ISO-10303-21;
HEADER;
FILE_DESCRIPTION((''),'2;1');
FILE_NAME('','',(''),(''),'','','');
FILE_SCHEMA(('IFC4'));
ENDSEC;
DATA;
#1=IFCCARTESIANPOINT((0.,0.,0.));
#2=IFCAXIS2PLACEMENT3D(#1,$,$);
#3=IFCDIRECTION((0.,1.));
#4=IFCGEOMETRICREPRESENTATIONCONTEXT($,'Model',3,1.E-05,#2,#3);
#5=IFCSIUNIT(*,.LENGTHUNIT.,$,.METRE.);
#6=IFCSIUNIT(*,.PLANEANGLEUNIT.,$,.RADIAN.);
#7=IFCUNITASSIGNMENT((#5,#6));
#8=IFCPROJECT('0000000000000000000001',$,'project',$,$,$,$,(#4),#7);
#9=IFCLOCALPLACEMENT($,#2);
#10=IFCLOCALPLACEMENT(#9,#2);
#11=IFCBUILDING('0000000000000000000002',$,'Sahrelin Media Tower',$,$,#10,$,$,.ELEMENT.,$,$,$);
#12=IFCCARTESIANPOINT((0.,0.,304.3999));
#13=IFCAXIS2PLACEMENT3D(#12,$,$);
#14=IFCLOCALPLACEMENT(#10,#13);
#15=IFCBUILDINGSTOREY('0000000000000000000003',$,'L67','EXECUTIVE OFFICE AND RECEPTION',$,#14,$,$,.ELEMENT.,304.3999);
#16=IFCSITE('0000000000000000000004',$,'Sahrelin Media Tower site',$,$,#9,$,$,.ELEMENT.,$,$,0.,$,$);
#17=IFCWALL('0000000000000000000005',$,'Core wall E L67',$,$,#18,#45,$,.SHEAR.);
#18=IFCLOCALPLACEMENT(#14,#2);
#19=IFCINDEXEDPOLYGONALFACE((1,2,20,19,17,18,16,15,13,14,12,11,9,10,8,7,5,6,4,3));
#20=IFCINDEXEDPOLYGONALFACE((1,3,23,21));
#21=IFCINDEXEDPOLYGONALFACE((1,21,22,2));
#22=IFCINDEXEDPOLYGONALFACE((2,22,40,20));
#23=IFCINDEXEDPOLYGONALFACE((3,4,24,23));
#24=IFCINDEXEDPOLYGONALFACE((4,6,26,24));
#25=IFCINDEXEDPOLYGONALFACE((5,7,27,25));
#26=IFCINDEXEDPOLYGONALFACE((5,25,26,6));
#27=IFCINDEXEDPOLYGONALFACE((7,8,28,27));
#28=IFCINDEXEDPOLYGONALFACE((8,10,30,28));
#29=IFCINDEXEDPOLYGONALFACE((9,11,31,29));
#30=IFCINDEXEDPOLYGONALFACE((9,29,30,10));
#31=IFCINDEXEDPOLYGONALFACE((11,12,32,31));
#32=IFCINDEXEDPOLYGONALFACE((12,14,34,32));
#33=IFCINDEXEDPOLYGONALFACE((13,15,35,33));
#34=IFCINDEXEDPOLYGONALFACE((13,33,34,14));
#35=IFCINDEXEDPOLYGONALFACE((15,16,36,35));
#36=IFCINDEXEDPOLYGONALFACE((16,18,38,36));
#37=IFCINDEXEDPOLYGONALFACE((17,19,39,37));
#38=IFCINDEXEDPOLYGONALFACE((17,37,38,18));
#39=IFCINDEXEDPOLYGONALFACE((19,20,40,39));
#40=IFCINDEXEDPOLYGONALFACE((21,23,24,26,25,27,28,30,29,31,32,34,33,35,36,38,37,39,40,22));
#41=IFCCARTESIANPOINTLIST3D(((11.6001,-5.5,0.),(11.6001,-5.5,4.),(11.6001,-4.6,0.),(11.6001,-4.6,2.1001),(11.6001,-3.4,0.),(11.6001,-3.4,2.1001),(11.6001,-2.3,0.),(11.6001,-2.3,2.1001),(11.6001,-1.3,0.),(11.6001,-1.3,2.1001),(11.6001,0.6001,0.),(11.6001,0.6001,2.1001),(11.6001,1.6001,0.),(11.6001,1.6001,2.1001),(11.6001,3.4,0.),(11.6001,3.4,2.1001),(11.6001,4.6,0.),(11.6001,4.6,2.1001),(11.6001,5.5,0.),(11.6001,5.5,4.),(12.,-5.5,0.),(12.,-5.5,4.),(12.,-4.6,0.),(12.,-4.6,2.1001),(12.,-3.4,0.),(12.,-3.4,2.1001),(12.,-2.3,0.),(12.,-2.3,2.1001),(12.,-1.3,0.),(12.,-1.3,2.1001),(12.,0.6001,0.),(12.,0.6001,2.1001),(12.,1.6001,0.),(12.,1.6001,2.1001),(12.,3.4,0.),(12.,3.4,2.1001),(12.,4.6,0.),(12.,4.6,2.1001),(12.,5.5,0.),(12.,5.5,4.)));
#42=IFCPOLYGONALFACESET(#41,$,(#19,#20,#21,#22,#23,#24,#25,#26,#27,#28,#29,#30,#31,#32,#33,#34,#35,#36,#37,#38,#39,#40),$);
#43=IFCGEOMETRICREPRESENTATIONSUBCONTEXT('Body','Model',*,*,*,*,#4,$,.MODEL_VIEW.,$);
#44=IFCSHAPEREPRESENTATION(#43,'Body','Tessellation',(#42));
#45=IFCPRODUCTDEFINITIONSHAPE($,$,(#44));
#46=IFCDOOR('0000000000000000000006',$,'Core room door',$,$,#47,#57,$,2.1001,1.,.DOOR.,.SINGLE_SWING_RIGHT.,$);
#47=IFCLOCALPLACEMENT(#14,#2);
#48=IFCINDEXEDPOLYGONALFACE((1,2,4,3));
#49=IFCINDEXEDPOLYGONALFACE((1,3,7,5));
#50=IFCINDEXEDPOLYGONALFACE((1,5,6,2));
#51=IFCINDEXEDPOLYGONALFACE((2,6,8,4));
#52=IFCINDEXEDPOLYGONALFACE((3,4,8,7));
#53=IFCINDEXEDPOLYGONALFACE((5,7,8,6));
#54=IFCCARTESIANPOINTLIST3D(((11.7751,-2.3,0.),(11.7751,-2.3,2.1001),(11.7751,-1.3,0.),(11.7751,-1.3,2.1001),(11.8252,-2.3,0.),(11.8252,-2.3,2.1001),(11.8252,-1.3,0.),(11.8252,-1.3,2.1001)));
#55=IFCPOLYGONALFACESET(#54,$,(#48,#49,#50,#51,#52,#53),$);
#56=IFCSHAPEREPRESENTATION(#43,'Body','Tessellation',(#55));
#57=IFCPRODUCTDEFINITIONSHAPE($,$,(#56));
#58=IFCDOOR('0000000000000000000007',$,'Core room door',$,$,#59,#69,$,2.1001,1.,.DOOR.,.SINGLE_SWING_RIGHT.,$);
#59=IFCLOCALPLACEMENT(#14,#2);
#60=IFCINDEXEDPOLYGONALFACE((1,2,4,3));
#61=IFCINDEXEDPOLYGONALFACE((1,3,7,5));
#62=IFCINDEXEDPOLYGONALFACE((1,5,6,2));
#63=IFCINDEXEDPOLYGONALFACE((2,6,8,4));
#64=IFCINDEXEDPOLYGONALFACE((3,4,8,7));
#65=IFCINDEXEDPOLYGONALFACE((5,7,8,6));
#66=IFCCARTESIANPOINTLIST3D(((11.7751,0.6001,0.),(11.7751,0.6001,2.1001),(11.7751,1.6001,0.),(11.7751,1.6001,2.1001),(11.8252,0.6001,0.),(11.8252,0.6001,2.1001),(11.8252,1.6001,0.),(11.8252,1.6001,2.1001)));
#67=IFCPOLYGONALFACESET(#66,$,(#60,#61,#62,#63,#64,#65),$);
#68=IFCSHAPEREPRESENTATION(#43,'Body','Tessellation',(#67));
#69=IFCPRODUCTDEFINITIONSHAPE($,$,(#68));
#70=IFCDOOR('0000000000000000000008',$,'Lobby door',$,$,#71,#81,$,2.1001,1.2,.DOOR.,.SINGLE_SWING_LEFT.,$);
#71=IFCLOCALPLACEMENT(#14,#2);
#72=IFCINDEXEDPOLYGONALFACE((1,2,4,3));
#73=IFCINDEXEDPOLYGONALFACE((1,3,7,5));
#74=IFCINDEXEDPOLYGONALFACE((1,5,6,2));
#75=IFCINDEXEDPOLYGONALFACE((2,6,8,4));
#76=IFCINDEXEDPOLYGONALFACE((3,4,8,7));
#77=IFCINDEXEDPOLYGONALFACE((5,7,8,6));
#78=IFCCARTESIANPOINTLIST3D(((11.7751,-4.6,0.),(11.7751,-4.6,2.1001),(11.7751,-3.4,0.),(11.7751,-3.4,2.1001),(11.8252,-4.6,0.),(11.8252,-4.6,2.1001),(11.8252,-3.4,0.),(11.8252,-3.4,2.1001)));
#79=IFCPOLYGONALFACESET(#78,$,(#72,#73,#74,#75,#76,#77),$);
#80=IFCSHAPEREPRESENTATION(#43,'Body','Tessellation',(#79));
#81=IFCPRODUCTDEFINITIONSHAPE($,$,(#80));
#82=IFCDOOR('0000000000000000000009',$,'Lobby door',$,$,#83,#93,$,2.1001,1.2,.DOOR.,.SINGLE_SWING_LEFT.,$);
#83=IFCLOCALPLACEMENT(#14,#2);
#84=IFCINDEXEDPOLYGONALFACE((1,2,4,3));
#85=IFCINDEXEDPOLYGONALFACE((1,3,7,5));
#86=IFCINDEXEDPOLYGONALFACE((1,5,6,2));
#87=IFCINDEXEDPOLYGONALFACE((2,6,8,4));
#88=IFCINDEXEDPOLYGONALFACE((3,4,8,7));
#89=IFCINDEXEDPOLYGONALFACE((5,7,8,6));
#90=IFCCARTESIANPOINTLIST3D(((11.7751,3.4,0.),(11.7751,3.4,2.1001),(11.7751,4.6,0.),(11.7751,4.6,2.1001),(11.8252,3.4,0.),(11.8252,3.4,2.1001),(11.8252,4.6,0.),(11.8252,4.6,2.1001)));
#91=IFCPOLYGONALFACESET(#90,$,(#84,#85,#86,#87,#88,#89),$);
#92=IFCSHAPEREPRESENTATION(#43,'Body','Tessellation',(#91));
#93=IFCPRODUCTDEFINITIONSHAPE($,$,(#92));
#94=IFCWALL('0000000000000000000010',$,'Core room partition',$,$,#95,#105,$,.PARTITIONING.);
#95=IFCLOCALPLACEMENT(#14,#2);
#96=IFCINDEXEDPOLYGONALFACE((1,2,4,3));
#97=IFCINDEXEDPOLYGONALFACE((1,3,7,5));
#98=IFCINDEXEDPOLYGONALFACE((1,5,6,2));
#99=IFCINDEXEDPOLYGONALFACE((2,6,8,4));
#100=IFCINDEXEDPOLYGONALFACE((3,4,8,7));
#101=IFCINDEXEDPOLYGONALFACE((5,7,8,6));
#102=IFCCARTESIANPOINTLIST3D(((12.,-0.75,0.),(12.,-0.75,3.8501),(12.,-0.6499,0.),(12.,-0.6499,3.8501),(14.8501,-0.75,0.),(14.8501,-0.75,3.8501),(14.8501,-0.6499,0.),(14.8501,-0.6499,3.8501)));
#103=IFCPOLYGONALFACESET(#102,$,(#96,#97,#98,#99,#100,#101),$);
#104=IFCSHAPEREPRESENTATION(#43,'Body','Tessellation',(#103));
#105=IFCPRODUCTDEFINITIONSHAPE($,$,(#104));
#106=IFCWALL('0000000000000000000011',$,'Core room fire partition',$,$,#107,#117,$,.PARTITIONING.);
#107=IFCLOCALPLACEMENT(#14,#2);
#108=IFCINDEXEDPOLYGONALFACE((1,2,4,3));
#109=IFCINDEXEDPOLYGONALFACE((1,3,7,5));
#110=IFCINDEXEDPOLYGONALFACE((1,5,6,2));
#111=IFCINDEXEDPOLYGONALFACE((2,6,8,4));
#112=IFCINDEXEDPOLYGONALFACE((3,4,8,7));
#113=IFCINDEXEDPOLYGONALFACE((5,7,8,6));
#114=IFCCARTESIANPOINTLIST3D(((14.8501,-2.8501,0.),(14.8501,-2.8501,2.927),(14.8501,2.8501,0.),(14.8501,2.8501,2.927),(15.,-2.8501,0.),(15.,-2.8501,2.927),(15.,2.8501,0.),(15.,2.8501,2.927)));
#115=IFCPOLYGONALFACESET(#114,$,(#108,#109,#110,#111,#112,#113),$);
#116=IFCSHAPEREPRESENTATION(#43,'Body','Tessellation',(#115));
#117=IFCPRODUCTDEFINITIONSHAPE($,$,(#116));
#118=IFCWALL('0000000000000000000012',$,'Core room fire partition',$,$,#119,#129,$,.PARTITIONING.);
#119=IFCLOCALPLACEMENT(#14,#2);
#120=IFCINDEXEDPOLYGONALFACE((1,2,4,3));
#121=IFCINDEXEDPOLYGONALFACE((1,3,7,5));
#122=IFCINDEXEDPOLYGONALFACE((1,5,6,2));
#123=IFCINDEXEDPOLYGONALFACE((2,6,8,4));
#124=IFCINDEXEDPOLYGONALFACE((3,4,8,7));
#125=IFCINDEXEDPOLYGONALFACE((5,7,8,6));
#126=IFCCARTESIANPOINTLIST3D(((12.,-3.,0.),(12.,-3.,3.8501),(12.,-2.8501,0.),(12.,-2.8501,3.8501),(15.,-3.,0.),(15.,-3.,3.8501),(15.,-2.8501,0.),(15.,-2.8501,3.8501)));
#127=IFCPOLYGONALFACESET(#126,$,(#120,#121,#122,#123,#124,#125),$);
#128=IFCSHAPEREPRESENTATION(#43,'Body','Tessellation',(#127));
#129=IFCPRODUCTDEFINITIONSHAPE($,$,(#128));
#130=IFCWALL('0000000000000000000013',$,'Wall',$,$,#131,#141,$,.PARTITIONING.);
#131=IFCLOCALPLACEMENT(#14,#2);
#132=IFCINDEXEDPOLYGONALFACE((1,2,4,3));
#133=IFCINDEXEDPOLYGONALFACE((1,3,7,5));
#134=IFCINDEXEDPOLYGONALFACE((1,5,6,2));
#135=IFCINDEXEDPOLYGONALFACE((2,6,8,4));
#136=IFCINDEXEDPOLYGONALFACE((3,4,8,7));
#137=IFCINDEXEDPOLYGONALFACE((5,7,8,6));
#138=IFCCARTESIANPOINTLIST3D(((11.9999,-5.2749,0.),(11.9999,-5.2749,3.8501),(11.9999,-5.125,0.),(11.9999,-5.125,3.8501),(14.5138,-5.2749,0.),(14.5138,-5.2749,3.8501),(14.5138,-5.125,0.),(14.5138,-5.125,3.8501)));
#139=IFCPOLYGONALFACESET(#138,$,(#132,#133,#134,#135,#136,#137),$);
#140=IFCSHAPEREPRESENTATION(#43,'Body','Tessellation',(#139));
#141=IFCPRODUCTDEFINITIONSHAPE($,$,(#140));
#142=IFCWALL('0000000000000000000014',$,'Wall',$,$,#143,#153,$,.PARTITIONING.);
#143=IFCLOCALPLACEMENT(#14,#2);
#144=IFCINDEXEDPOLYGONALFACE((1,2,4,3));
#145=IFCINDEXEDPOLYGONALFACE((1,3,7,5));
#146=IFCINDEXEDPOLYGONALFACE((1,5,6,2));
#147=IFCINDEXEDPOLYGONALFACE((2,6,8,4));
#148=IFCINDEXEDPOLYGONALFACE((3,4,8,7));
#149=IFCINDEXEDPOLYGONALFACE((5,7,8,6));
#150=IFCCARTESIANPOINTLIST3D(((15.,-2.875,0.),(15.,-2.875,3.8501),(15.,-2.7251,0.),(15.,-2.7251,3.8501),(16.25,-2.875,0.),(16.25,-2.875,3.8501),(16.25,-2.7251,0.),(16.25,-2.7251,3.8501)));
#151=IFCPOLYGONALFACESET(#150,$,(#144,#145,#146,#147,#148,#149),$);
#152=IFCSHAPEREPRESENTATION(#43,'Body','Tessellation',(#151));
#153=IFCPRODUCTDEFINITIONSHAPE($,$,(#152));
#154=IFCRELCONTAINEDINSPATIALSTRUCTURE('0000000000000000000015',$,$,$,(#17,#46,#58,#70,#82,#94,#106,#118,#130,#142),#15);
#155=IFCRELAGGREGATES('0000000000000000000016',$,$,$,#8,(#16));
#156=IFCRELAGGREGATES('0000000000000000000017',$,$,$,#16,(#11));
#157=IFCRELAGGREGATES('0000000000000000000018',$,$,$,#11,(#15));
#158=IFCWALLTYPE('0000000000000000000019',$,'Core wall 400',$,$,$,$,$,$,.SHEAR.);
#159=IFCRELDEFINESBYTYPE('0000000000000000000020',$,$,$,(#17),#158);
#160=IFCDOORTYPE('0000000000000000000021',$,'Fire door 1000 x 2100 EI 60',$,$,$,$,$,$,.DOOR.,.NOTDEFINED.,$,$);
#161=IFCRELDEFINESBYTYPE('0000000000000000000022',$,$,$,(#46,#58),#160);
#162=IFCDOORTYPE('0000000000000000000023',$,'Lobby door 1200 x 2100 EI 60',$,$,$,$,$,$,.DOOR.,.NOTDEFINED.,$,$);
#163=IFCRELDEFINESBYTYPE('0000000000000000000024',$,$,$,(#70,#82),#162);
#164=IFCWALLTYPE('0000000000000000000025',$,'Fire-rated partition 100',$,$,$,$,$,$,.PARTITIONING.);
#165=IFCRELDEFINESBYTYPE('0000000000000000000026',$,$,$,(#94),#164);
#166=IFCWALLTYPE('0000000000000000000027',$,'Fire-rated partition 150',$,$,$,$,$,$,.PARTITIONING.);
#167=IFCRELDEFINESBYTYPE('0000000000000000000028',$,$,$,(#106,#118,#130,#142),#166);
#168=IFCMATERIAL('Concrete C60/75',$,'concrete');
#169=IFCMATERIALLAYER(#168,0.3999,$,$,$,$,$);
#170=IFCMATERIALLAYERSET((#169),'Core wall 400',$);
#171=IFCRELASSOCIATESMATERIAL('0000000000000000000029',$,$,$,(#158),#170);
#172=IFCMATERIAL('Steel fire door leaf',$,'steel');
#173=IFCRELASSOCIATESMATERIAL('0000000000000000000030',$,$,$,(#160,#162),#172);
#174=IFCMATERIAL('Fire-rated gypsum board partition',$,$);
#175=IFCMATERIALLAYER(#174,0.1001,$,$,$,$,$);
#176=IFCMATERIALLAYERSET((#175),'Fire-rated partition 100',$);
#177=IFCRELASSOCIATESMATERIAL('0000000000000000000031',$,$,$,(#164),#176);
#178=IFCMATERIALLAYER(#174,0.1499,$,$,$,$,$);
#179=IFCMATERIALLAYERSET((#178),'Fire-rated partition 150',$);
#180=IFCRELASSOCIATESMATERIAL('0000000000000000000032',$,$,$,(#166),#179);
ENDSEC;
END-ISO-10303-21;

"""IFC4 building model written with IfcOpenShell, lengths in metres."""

from ifc_helpers import new_model, si_unit, direction, frame, frame_2d, origin, place, context, subcontext, project, spatial, rectangle, extrude, material, layer, layer_set, type_object, element, fill, save


model = new_model("IFC4")

# Units and contexts
model_context = context("Model", 3, precision=1e-05, world=origin(), true_north=direction((0.0, 1.0)))
body_context = subcontext(model_context, "Body", "Model", "MODEL_VIEW")
ifc_project = project(units=[si_unit("LENGTHUNIT", "METRE"), si_unit("PLANEANGLEUNIT", "RADIAN")], contexts=[model_context])

# Site, building, storey
site_placement = place(None, origin())
site = spatial("IfcSite", under=ifc_project, at=site_placement, Name="Sahrelin Media Tower site", CompositionType="ELEMENT", RefElevation=0.0)
building_placement = place(site_placement, origin())
building = spatial("IfcBuilding", under=site, at=building_placement, Name="Sahrelin Media Tower", CompositionType="ELEMENT")
storey_placement = place(building_placement, frame((0.0, 0.0, 304.3999)))
storey = spatial("IfcBuildingStorey", under=building, at=storey_placement, Name="L67", Description="EXECUTIVE OFFICE AND RECEPTION", CompositionType="ELEMENT", Elevation=304.3999)

# Wall, openings, doors
ifc_material_1 = material(Name="Concrete C60/75", Category="concrete")
ifc_layer_1 = layer(ifc_material_1, 0.3999)
ifc_layer_set_1 = layer_set([ifc_layer_1], Name="Core wall 400")
wall_type_1 = type_object("IfcWallType", Name="Core wall 400", PredefinedType="SHEAR", material=ifc_layer_set_1)
wall_1_placement = place(storey_placement, frame((11.8, -5.5, 0.0), z_axis=(0.0, 0.0, 1.0), x_axis=(0.0, 1.0, 0.0)))
wall_1 = element("IfcWall", 1, at=wall_1_placement, inside=storey, type_object=wall_type_1, Name="Core wall E L67", PredefinedType="SHEAR", context=body_context, shape_type="SweptSolid", body=[
    extrude(rectangle(XDim=11.0, YDim=0.3999, at=frame_2d((5.5, 0.0))), origin(), (0.0, 0.0, 1.0), 4.0),
])
opening_1_placement = place(wall_1_placement, frame((3.2, 0.0, 0.0)))
opening_1 = element("IfcOpeningElement", 2, at=opening_1_placement, cuts=wall_1, PredefinedType="OPENING", context=body_context, shape_type="SweptSolid", body=[
    extrude(rectangle(XDim=1.0, YDim=2.1001, at=frame_2d((0.5, 1.05))), frame((0.0, 0.2, 0.0), z_axis=(0.0, -1.0, 0.0), x_axis=(1.0, 0.0, 0.0)), (0.0, 0.0, 1.0), 0.3999),
])
opening_2_placement = place(wall_1_placement, frame((6.1001, 0.0, 0.0)))
opening_2 = element("IfcOpeningElement", 3, at=opening_2_placement, cuts=wall_1, PredefinedType="OPENING", context=body_context, shape_type="SweptSolid", body=[
    extrude(rectangle(XDim=1.0, YDim=2.1001, at=frame_2d((0.5, 1.05))), frame((0.0, 0.2, 0.0), z_axis=(0.0, -1.0, 0.0), x_axis=(1.0, 0.0, 0.0)), (0.0, 0.0, 1.0), 0.3999),
])
opening_3_placement = place(wall_1_placement, frame((0.8999, 0.0, 0.0)))
opening_3 = element("IfcOpeningElement", 4, at=opening_3_placement, cuts=wall_1, PredefinedType="OPENING", context=body_context, shape_type="SweptSolid", body=[
    extrude(rectangle(XDim=1.2, YDim=2.1001, at=frame_2d((0.6001, 1.05))), frame((0.0, 0.2, 0.0), z_axis=(0.0, -1.0, 0.0), x_axis=(1.0, 0.0, 0.0)), (0.0, 0.0, 1.0), 0.3999),
])
opening_4_placement = place(wall_1_placement, frame((8.8999, 0.0, 0.0)))
opening_4 = element("IfcOpeningElement", 5, at=opening_4_placement, cuts=wall_1, PredefinedType="OPENING", context=body_context, shape_type="SweptSolid", body=[
    extrude(rectangle(XDim=1.2, YDim=2.1001, at=frame_2d((0.6001, 1.05))), frame((0.0, 0.2, 0.0), z_axis=(0.0, -1.0, 0.0), x_axis=(1.0, 0.0, 0.0)), (0.0, 0.0, 1.0), 0.3999),
])
ifc_material_2 = material(Name="Steel fire door leaf", Category="steel")
door_type_1 = type_object("IfcDoorType", Name="Fire door 1000 x 2100 EI 60", OperationType="NOTDEFINED", PredefinedType="DOOR", material=ifc_material_2)
door_1_placement = place(opening_1_placement, origin())
door_1 = element("IfcDoor", 6, at=door_1_placement, inside=storey, type_object=door_type_1, Name="Core room door", OperationType="SINGLE_SWING_RIGHT", OverallHeight=2.1001, OverallWidth=1.0, PredefinedType="DOOR", context=body_context, shape_type="SweptSolid", body=[
    extrude(rectangle(XDim=1.0, YDim=2.1001, at=frame_2d((0.5, 1.05))), frame((0.0, 0.0249, 0.0), z_axis=(0.0, -1.0, 0.0), x_axis=(1.0, 0.0, 0.0)), (0.0, 0.0, 1.0), 0.05),
])
fill(opening_1, door_1)
door_2_placement = place(opening_2_placement, origin())
door_2 = element("IfcDoor", 7, at=door_2_placement, inside=storey, type_object=door_type_1, Name="Core room door", OperationType="SINGLE_SWING_RIGHT", OverallHeight=2.1001, OverallWidth=1.0, PredefinedType="DOOR", context=body_context, shape_type="SweptSolid", body=[
    extrude(rectangle(XDim=1.0, YDim=2.1001, at=frame_2d((0.5, 1.05))), frame((0.0, 0.0249, 0.0), z_axis=(0.0, -1.0, 0.0), x_axis=(1.0, 0.0, 0.0)), (0.0, 0.0, 1.0), 0.05),
])
fill(opening_2, door_2)
door_type_2 = type_object("IfcDoorType", Name="Lobby door 1200 x 2100 EI 60", OperationType="NOTDEFINED", PredefinedType="DOOR", material=ifc_material_2)
door_3_placement = place(opening_3_placement, origin())
door_3 = element("IfcDoor", 8, at=door_3_placement, inside=storey, type_object=door_type_2, Name="Lobby door", OperationType="SINGLE_SWING_LEFT", OverallHeight=2.1001, OverallWidth=1.2, PredefinedType="DOOR", context=body_context, shape_type="SweptSolid", body=[
    extrude(rectangle(XDim=1.2, YDim=2.1001, at=frame_2d((0.6001, 1.05))), frame((0.0, 0.0249, 0.0), z_axis=(0.0, -1.0, 0.0), x_axis=(1.0, 0.0, 0.0)), (0.0, 0.0, 1.0), 0.05),
])
fill(opening_3, door_3)
door_4_placement = place(opening_4_placement, origin())
door_4 = element("IfcDoor", 9, at=door_4_placement, inside=storey, type_object=door_type_2, Name="Lobby door", OperationType="SINGLE_SWING_LEFT", OverallHeight=2.1001, OverallWidth=1.2, PredefinedType="DOOR", context=body_context, shape_type="SweptSolid", body=[
    extrude(rectangle(XDim=1.2, YDim=2.1001, at=frame_2d((0.6001, 1.05))), frame((0.0, 0.0249, 0.0), z_axis=(0.0, -1.0, 0.0), x_axis=(1.0, 0.0, 0.0)), (0.0, 0.0, 1.0), 0.05),
])
fill(opening_4, door_4)

# Walls
ifc_material_3 = material(Name="Fire-rated gypsum board partition")
ifc_layer_2 = layer(ifc_material_3, 0.1001)
ifc_layer_set_2 = layer_set([ifc_layer_2], Name="Fire-rated partition 100")
wall_type_2 = type_object("IfcWallType", Name="Fire-rated partition 100", PredefinedType="PARTITIONING", material=ifc_layer_set_2)
wall_2_placement = place(storey_placement, frame((12.0, -0.7, 0.0), z_axis=(0.0, 0.0, 1.0), x_axis=(1.0, 0.0, 0.0)))
element("IfcWall", 10, at=wall_2_placement, inside=storey, type_object=wall_type_2, Name="Core room partition", PredefinedType="PARTITIONING", context=body_context, shape_type="SweptSolid", body=[
    extrude(rectangle(XDim=2.8501, YDim=0.1001, at=frame_2d((1.425, 0.0))), origin(), (0.0, 0.0, 1.0), 3.8501),
])
ifc_layer_3 = layer(ifc_material_3, 0.1499)
ifc_layer_set_3 = layer_set([ifc_layer_3], Name="Fire-rated partition 150")
wall_type_3 = type_object("IfcWallType", Name="Fire-rated partition 150", PredefinedType="PARTITIONING", material=ifc_layer_set_3)
wall_3_placement = place(storey_placement, frame((14.925, -2.8501, 0.0), z_axis=(0.0, 0.0, 1.0), x_axis=(0.0, 1.0, 0.0)))
element("IfcWall", 11, at=wall_3_placement, inside=storey, type_object=wall_type_3, Name="Core room fire partition", PredefinedType="PARTITIONING", context=body_context, shape_type="SweptSolid", body=[
    extrude(rectangle(XDim=5.7002, YDim=0.1499, at=frame_2d((2.8501, 0.0))), origin(), (0.0, 0.0, 1.0), 2.927),
])
wall_4_placement = place(storey_placement, frame((12.0, -2.925, 0.0), z_axis=(0.0, 0.0, 1.0), x_axis=(1.0, 0.0, 0.0)))
element("IfcWall", 12, at=wall_4_placement, inside=storey, type_object=wall_type_3, Name="Core room fire partition", PredefinedType="PARTITIONING", context=body_context, shape_type="SweptSolid", body=[
    extrude(rectangle(XDim=3.0, YDim=0.1499, at=frame_2d((1.5, 0.0))), origin(), (0.0, 0.0, 1.0), 3.8501),
])
wall_5_placement = place(storey_placement, frame((12.0, -5.2, 0.0), z_axis=(0.0, 0.0, 1.0), x_axis=(1.0, 0.0, 0.0)))
element("IfcWall", 13, at=wall_5_placement, inside=storey, type_object=wall_type_3, Name="Wall", PredefinedType="PARTITIONING", context=body_context, shape_type="SweptSolid", body=[
    extrude(rectangle(XDim=2.5139, YDim=0.1499, at=frame_2d((1.2568, 0.0))), origin(), (0.0, 0.0, 1.0), 3.8501),
])
wall_6_placement = place(storey_placement, frame((15.0, -2.8, 0.0), z_axis=(0.0, 0.0, 1.0), x_axis=(1.0, 0.0, 0.0)))
element("IfcWall", 14, at=wall_6_placement, inside=storey, type_object=wall_type_3, Name="Wall", PredefinedType="PARTITIONING", context=body_context, shape_type="SweptSolid", body=[
    extrude(rectangle(XDim=1.25, YDim=0.1499, at=frame_2d((0.625, 0.0))), origin(), (0.0, 0.0, 1.0), 3.8501),
])

save(model, "model.ifc")
